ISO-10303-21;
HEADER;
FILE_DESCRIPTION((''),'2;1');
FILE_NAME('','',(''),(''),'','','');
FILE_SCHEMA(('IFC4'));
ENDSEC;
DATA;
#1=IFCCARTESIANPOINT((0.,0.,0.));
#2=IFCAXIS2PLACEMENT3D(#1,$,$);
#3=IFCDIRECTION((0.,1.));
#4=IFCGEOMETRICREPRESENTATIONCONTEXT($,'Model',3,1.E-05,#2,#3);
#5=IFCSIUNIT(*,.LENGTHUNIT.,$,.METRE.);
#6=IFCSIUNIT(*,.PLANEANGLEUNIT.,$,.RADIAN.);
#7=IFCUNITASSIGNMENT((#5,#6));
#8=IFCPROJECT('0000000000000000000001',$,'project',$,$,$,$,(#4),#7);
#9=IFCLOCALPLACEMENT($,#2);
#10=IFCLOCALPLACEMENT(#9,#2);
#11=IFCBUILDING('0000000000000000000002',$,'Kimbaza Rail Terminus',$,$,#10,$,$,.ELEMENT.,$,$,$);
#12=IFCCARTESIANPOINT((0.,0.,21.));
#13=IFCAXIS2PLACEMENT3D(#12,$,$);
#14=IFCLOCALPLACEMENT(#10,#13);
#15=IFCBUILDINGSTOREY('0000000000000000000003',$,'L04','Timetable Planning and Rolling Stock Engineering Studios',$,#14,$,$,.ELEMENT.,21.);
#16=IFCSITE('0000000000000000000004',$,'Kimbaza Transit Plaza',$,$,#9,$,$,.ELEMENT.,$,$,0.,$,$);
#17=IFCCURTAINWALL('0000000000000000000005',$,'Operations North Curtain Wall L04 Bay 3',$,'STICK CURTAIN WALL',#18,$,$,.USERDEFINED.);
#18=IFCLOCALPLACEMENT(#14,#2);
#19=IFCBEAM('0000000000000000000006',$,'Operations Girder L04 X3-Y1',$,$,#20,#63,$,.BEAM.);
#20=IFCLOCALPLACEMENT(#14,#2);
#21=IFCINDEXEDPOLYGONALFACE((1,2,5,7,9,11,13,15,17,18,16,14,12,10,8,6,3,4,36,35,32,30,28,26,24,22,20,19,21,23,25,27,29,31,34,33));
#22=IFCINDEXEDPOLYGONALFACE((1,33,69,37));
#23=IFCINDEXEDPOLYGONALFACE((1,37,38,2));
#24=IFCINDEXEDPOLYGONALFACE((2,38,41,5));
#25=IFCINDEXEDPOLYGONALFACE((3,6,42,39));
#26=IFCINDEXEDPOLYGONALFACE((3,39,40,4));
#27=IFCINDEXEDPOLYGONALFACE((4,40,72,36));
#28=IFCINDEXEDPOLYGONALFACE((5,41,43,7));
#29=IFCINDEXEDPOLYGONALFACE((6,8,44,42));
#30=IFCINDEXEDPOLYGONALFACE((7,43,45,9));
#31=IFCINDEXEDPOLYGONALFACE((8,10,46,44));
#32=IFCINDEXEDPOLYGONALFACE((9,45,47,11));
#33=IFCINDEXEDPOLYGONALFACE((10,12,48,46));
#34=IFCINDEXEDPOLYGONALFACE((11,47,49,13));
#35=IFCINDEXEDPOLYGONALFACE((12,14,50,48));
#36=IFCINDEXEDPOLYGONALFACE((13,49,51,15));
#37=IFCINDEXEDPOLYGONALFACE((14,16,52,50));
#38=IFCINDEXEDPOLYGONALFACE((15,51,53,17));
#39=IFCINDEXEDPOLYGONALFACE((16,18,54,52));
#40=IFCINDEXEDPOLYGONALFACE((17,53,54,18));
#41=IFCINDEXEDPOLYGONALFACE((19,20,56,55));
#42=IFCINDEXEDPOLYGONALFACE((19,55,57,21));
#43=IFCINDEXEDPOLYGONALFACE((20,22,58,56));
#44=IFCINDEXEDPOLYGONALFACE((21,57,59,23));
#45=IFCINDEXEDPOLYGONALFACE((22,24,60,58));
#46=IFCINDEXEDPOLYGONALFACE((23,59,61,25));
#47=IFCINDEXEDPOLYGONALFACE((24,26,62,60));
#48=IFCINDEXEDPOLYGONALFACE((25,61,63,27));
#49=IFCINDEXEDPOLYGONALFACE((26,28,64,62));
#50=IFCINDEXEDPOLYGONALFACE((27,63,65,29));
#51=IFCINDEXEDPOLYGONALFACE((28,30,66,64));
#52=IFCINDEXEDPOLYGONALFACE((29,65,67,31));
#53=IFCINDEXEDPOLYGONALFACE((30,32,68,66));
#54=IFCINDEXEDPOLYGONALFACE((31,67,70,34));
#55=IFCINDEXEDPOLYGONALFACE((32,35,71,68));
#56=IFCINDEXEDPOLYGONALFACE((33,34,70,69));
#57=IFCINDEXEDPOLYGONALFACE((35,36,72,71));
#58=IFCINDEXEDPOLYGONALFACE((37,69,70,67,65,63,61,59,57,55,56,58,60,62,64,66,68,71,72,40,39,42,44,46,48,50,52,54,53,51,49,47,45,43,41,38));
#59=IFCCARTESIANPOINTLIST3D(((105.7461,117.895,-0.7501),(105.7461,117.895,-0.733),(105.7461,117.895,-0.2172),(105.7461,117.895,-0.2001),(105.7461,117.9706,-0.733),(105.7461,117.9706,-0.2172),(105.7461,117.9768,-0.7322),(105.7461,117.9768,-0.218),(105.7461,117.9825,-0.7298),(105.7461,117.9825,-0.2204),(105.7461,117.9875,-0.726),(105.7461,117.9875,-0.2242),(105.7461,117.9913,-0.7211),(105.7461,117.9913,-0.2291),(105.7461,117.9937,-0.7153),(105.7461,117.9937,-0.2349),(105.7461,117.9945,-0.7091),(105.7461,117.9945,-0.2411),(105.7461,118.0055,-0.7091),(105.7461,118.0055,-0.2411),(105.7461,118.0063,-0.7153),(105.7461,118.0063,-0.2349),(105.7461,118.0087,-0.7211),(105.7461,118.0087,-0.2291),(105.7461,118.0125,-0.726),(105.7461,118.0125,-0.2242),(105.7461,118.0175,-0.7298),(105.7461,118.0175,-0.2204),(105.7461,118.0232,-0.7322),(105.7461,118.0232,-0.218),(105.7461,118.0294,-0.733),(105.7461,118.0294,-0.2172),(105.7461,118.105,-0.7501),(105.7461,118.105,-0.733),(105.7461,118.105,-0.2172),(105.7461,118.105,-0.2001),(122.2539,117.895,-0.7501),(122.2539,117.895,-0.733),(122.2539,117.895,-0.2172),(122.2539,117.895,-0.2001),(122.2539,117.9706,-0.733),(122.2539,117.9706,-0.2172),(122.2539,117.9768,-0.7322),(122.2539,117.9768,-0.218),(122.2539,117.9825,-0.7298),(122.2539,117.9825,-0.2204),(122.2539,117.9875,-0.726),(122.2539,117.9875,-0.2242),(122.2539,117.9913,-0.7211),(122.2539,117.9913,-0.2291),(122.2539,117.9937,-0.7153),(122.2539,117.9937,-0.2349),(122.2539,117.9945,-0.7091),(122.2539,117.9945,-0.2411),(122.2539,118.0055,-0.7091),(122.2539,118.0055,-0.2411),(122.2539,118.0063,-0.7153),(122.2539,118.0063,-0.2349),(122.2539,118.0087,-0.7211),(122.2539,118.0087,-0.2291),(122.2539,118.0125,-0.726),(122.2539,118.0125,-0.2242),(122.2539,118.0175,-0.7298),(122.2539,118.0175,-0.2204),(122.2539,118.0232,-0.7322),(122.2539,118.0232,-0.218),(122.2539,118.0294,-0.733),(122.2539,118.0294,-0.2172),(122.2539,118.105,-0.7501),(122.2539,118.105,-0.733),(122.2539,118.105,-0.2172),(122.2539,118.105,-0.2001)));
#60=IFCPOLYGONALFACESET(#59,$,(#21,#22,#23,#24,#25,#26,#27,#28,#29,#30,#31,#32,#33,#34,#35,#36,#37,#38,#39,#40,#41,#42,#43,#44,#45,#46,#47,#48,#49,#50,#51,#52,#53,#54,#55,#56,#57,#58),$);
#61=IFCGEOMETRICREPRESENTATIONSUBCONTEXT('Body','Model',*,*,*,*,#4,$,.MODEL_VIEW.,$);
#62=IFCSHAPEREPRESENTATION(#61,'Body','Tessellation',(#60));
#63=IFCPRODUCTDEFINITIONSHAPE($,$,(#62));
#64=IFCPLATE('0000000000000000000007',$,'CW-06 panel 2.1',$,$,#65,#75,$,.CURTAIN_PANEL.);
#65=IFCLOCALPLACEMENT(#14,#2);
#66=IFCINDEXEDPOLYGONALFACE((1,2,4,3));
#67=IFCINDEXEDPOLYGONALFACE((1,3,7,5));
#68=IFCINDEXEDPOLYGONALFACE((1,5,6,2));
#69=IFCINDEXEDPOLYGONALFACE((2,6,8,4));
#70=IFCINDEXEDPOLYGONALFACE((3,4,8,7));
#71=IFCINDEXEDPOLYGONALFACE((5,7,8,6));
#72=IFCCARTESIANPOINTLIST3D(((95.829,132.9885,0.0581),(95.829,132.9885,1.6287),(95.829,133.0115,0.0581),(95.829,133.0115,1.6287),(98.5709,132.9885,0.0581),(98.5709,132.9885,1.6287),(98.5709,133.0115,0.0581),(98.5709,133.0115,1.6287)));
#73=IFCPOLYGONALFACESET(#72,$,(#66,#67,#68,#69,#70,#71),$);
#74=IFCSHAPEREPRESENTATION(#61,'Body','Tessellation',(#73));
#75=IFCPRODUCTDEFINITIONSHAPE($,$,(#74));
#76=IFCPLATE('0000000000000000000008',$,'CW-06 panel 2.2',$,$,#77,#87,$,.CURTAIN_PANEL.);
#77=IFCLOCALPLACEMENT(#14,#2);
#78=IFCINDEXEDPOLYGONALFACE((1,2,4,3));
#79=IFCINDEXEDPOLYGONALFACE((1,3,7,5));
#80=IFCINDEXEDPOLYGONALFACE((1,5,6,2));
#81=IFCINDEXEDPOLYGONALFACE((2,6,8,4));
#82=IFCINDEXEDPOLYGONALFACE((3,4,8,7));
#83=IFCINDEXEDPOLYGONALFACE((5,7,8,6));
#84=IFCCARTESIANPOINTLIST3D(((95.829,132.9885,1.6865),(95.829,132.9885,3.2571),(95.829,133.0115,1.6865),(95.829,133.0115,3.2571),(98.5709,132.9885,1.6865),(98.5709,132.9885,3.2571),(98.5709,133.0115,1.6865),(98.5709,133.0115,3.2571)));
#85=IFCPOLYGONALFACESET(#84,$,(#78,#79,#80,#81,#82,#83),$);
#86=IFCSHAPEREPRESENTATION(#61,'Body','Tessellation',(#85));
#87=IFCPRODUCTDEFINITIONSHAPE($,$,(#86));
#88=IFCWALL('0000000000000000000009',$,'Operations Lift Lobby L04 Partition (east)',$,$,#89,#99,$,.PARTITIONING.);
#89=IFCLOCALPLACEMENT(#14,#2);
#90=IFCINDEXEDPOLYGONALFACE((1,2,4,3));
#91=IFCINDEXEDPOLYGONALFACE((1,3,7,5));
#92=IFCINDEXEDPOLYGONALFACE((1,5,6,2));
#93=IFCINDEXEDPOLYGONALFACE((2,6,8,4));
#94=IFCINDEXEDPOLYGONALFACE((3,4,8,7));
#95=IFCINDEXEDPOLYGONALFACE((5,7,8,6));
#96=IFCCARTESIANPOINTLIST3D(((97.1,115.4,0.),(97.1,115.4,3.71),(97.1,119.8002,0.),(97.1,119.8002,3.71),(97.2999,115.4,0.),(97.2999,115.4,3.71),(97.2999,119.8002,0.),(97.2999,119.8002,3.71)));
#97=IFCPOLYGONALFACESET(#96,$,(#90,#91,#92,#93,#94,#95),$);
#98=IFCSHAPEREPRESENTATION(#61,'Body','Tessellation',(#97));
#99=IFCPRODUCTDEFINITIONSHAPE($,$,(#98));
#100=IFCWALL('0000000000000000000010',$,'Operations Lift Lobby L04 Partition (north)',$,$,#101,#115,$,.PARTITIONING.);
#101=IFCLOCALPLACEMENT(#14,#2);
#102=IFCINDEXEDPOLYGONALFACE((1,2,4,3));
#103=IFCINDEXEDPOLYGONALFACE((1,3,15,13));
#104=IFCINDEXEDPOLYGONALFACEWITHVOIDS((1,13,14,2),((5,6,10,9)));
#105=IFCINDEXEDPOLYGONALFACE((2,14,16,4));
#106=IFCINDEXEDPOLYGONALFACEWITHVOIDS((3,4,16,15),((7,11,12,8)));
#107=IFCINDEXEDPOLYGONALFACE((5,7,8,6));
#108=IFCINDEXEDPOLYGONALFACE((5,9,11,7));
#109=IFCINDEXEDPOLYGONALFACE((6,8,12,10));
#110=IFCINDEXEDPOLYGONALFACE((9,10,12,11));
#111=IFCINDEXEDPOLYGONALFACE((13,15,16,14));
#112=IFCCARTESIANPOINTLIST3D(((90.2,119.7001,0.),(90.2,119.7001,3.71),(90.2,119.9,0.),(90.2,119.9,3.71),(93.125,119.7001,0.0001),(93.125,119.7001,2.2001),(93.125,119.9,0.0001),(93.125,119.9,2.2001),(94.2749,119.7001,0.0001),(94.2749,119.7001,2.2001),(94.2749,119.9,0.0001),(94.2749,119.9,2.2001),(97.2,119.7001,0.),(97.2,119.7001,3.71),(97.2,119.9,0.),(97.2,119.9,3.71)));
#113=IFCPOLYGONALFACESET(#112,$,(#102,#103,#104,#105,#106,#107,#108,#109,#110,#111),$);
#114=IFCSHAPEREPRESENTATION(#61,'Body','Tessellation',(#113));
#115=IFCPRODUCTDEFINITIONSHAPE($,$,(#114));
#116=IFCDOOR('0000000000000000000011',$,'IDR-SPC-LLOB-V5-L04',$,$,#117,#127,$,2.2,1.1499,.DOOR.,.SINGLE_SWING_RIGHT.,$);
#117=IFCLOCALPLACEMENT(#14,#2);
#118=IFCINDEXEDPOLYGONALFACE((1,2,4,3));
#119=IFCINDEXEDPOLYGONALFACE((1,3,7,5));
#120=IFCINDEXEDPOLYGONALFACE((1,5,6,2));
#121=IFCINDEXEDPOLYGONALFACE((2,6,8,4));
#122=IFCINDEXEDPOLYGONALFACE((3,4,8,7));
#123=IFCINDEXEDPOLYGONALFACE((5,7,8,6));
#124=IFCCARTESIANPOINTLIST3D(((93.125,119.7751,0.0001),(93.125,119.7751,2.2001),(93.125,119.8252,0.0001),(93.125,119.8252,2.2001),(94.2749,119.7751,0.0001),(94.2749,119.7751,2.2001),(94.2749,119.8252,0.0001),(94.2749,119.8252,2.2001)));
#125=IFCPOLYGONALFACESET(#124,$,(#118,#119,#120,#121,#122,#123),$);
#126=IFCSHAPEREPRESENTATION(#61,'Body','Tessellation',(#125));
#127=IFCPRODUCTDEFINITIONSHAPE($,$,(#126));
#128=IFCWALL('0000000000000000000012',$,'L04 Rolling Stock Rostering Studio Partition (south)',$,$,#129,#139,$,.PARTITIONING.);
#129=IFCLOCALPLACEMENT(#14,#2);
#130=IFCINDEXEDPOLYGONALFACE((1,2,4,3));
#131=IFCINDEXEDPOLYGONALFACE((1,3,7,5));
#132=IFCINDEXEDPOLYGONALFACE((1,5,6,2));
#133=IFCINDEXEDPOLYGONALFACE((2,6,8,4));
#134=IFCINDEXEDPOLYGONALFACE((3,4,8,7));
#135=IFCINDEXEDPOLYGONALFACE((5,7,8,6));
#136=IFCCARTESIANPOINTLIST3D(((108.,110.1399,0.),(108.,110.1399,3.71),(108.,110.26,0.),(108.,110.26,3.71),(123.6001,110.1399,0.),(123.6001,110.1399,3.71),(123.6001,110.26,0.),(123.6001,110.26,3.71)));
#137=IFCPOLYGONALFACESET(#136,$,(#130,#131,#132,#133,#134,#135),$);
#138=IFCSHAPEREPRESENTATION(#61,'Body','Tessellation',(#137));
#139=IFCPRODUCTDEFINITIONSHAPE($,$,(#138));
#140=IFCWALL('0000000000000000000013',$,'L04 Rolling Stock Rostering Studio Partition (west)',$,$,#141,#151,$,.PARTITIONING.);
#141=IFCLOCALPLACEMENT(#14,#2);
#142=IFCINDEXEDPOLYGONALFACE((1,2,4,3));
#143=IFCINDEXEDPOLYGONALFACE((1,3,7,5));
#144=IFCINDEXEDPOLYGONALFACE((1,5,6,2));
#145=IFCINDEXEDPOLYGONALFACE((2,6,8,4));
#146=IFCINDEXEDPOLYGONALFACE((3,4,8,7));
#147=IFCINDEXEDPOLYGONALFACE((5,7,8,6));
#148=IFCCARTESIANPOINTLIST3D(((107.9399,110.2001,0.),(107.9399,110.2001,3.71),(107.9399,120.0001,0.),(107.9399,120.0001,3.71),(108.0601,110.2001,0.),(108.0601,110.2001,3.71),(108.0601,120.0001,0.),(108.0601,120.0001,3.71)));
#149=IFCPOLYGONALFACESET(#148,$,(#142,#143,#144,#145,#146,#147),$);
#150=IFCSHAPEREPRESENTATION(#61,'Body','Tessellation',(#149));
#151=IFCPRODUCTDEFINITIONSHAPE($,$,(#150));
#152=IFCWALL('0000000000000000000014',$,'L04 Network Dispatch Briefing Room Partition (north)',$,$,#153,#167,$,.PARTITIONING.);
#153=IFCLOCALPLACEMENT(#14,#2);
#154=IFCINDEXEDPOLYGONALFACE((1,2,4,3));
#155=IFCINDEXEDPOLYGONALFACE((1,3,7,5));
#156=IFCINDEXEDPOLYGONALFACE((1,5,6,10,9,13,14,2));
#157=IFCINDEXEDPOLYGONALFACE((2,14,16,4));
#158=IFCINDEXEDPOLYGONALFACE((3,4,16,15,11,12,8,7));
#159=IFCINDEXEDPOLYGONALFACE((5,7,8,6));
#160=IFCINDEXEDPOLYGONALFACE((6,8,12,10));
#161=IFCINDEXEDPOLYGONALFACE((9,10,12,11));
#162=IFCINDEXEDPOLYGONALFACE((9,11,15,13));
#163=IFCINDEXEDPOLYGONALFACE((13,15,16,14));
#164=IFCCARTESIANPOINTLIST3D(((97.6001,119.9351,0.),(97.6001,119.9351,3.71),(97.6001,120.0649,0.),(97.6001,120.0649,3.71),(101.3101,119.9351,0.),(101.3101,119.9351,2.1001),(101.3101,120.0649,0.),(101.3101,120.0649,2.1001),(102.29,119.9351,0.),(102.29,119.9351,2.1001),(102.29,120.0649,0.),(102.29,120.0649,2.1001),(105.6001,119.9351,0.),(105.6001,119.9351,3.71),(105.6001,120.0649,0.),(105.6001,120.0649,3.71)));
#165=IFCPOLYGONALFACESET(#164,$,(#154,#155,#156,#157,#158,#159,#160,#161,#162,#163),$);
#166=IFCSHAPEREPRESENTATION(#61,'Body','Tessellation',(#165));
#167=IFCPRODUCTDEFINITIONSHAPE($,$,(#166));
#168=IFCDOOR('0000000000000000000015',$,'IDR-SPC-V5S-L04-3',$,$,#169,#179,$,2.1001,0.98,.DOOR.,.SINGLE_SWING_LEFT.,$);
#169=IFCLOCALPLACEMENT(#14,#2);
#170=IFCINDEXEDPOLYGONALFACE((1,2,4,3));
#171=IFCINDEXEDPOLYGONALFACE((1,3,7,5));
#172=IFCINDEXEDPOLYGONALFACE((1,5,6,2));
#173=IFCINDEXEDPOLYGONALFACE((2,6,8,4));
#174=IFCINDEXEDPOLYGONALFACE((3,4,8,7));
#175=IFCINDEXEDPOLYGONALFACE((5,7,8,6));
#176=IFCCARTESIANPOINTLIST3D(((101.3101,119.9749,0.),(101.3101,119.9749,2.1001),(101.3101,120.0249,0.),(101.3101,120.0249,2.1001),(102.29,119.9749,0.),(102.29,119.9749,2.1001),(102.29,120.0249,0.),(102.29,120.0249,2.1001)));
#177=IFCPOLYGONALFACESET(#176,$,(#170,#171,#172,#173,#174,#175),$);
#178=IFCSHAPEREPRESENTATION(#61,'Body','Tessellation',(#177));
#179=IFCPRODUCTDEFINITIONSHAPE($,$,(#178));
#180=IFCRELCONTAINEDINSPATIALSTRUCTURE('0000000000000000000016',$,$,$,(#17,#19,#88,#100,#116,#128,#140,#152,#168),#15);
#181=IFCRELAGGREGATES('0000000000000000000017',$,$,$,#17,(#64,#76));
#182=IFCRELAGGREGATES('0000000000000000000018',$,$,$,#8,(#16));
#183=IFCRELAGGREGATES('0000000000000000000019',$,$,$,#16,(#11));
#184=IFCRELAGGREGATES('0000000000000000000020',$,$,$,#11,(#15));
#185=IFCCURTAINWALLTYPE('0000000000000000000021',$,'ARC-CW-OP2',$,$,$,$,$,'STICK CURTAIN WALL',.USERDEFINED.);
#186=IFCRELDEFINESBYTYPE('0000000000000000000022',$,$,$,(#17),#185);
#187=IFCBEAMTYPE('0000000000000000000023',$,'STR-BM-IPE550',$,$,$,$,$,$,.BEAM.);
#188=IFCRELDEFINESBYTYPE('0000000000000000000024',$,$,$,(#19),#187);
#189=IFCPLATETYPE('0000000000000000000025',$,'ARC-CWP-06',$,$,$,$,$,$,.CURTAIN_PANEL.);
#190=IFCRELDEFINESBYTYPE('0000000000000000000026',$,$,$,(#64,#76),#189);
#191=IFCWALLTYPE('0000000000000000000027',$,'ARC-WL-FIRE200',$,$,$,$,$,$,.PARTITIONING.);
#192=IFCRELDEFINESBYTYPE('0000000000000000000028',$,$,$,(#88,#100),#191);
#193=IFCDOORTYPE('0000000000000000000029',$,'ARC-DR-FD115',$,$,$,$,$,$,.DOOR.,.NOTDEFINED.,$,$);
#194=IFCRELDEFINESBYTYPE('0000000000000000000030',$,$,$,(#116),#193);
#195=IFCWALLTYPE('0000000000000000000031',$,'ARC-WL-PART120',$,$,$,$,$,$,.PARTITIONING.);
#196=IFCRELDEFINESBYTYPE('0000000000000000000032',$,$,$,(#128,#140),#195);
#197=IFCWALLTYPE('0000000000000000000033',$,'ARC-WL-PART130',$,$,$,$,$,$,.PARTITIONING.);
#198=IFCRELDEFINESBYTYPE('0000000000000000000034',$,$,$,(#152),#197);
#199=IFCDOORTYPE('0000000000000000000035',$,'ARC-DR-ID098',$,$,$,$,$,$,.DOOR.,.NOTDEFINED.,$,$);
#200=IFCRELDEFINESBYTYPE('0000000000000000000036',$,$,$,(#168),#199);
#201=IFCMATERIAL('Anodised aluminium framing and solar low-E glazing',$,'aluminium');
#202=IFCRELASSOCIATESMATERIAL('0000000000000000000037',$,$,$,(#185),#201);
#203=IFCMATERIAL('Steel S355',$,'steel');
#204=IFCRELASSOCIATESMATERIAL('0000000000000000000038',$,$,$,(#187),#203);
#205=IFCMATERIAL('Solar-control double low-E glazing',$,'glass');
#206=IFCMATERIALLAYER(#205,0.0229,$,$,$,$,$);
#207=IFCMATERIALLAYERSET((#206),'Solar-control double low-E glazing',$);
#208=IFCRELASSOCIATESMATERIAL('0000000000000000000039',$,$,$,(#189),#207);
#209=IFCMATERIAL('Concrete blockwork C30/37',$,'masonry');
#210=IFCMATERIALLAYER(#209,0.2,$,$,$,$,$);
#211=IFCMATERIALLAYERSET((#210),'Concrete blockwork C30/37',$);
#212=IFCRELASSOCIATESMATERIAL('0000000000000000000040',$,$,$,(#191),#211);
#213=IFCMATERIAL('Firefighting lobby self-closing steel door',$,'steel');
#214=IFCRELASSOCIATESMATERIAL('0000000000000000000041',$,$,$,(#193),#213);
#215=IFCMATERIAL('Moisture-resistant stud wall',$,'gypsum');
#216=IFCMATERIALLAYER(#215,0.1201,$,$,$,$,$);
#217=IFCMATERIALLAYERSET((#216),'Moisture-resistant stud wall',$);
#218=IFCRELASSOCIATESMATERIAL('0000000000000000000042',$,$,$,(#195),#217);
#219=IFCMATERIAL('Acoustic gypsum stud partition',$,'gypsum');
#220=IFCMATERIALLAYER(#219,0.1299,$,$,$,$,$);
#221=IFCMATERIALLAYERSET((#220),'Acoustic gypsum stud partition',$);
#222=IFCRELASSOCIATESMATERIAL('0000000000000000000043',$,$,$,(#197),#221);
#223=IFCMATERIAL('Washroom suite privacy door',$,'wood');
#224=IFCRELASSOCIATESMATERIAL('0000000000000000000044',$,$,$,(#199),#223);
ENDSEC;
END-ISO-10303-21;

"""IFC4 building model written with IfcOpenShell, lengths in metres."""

from ifc_helpers import new_model, si_unit, direction, frame, frame_2d, origin, origin_2d, place, context, subcontext, project, spatial, rectangle, i_section, extrude, material, layer, layer_set, material_profile, profile_set, type_object, element, fill, aggregate, save


model = new_model("IFC4")

# Units and contexts
model_context = context("Model", 3, precision=1e-05, world=origin(), true_north=direction((0.0, 1.0)))
body_context = subcontext(model_context, "Body", "Model", "MODEL_VIEW")
ifc_project = project(units=[si_unit("LENGTHUNIT", "METRE"), si_unit("PLANEANGLEUNIT", "RADIAN")], contexts=[model_context])

# Site, building, storey
site_placement = place(None, origin())
site = spatial("IfcSite", under=ifc_project, at=site_placement, Name="Kimbaza Transit Plaza", CompositionType="ELEMENT", RefElevation=0.0)
building_placement = place(site_placement, origin())
building = spatial("IfcBuilding", under=site, at=building_placement, Name="Kimbaza Rail Terminus", CompositionType="ELEMENT")
storey_placement = place(building_placement, frame((0.0, 0.0, 21.0)))
storey = spatial("IfcBuildingStorey", under=building, at=storey_placement, Name="L04", Description="Timetable Planning and Rolling Stock Engineering Studios", CompositionType="ELEMENT", Elevation=21.0)

# Curtain wall
ifc_material_1 = material(Name="Anodised aluminium framing and solar low-E glazing", Category="aluminium")
curtain_wall_type = type_object("IfcCurtainWallType", Name="ARC-CW-OP2", ElementType="STICK CURTAIN WALL", PredefinedType="USERDEFINED", material=ifc_material_1)
curtain_wall_placement = place(storey_placement, origin())
curtain_wall = element("IfcCurtainWall", 1, at=curtain_wall_placement, inside=storey, type_object=curtain_wall_type, Name="Operations North Curtain Wall L04 Bay 3", ObjectType="STICK CURTAIN WALL", PredefinedType="USERDEFINED")

# Beam
ifc_material_2 = material(Name="Steel S355", Category="steel")
ifc_material_profile_1 = material_profile(ifc_material_2, i_section(OverallWidth=0.21, OverallDepth=0.55, WebThickness=0.011, FlangeThickness=0.0171, FilletRadius=0.0239, at=origin_2d()), Name="IPE 550")
ifc_profile_set_1 = profile_set([ifc_material_profile_1], Name="Steel S355")
beam_type_1 = type_object("IfcBeamType", Name="STR-BM-IPE550", PredefinedType="BEAM", material=ifc_profile_set_1)
beam_1_placement = place(storey_placement, frame((105.7461, 118.0, -0.4751), z_axis=(1.0, 0.0, 0.0), x_axis=(0.0, 1.0, 0.0)))
element("IfcBeam", 2, at=beam_1_placement, inside=storey, type_object=beam_type_1, Name="Operations Girder L04 X3-Y1", PredefinedType="BEAM", context=body_context, shape_type="SweptSolid", body=[
    extrude(i_section(OverallWidth=0.21, OverallDepth=0.55, WebThickness=0.011, FlangeThickness=0.0171, FilletRadius=0.0239, at=origin_2d()), origin(), (0.0, 0.0, 1.0), 16.5078),
])

# Plates
ifc_material_3 = material(Name="Solar-control double low-E glazing", Category="glass")
ifc_layer_1 = layer(ifc_material_3, 0.0229)
ifc_layer_set_1 = layer_set([ifc_layer_1], Name="Solar-control double low-E glazing")
plate_type = type_object("IfcPlateType", Name="ARC-CWP-06", PredefinedType="CURTAIN_PANEL", material=ifc_layer_set_1)
plate_1_placement = place(storey_placement, frame((97.2, 133.0, 0.0581), z_axis=(0.0, 0.0, 1.0), x_axis=(1.0, 0.0, 0.0)))
plate_1 = element("IfcPlate", 3, at=plate_1_placement, type_object=plate_type, Name="CW-06 panel 2.1", PredefinedType="CURTAIN_PANEL", context=body_context, shape_type="SweptSolid", body=[
    extrude(rectangle(XDim=2.7419, YDim=0.0229, at=origin_2d()), origin(), (0.0, 0.0, 1.0), 1.5706),
])
plate_2_placement = place(storey_placement, frame((97.2, 133.0, 1.6865), z_axis=(0.0, 0.0, 1.0), x_axis=(1.0, 0.0, 0.0)))
plate_2 = element("IfcPlate", 4, at=plate_2_placement, type_object=plate_type, Name="CW-06 panel 2.2", PredefinedType="CURTAIN_PANEL", context=body_context, shape_type="SweptSolid", body=[
    extrude(rectangle(XDim=2.7419, YDim=0.0229, at=origin_2d()), origin(), (0.0, 0.0, 1.0), 1.5706),
])
aggregate(curtain_wall, [plate_1, plate_2])

# Wall
ifc_material_4 = material(Name="Concrete blockwork C30/37", Category="masonry")
ifc_layer_2 = layer(ifc_material_4, 0.2)
ifc_layer_set_2 = layer_set([ifc_layer_2], Name="Concrete blockwork C30/37")
wall_type_1 = type_object("IfcWallType", Name="ARC-WL-FIRE200", PredefinedType="PARTITIONING", material=ifc_layer_set_2)
wall_1_placement = place(storey_placement, frame((97.2, 115.3999, 0.0), z_axis=(0.0, 0.0, 1.0), x_axis=(0.0, 1.0, 0.0)))
element("IfcWall", 5, at=wall_1_placement, inside=storey, type_object=wall_type_1, Name="Operations Lift Lobby L04 Partition (east)", PredefinedType="PARTITIONING", context=body_context, shape_type="SweptSolid", body=[
    extrude(rectangle(XDim=4.4001, YDim=0.2, at=frame_2d((2.2002, 0.0))), origin(), (0.0, 0.0, 1.0), 3.71),
])

# Wall, opening, door
wall_2_placement = place(storey_placement, frame((97.2, 119.8, 0.0), z_axis=(0.0, 0.0, 1.0), x_axis=(-1.0, 0.0, 0.0)))
wall_2 = element("IfcWall", 6, at=wall_2_placement, inside=storey, type_object=wall_type_1, Name="Operations Lift Lobby L04 Partition (north)", PredefinedType="PARTITIONING", context=body_context, shape_type="SweptSolid", body=[
    extrude(rectangle(XDim=7.0, YDim=0.2, at=frame_2d((3.5, 0.0))), origin(), (0.0, 0.0, 1.0), 3.71),
])
opening_1_placement = place(wall_2_placement, frame((2.925, 0.0, 0.0)))
opening_1 = element("IfcOpeningElement", 7, at=opening_1_placement, cuts=wall_2, PredefinedType="OPENING", context=body_context, shape_type="SweptSolid", body=[
    extrude(rectangle(XDim=1.1499, YDim=2.2, at=frame_2d((0.575, 1.1001))), frame((0.0, 0.1099, 0.0), z_axis=(0.0, -1.0, 0.0), x_axis=(1.0, 0.0, 0.0)), (0.0, 0.0, 1.0), 0.22),
])
ifc_material_5 = material(Name="Firefighting lobby self-closing steel door", Category="steel")
door_type_1 = type_object("IfcDoorType", Name="ARC-DR-FD115", OperationType="NOTDEFINED", PredefinedType="DOOR", material=ifc_material_5)
door_1_placement = place(opening_1_placement, origin())
door_1 = element("IfcDoor", 8, at=door_1_placement, inside=storey, type_object=door_type_1, Name="IDR-SPC-LLOB-V5-L04", OperationType="SINGLE_SWING_RIGHT", OverallHeight=2.2, OverallWidth=1.1499, PredefinedType="DOOR", context=body_context, shape_type="SweptSolid", body=[
    extrude(rectangle(XDim=1.1499, YDim=2.2, at=frame_2d((0.575, 1.1001))), frame((0.0, 0.0249, 0.0), z_axis=(0.0, -1.0, 0.0), x_axis=(1.0, 0.0, 0.0)), (0.0, 0.0, 1.0), 0.05),
])
fill(opening_1, door_1)

# Walls
ifc_material_6 = material(Name="Moisture-resistant stud wall", Category="gypsum")
ifc_layer_3 = layer(ifc_material_6, 0.1201)
ifc_layer_set_3 = layer_set([ifc_layer_3], Name="Moisture-resistant stud wall")
wall_type_2 = type_object("IfcWallType", Name="ARC-WL-PART120", PredefinedType="PARTITIONING", material=ifc_layer_set_3)
wall_3_placement = place(storey_placement, frame((108.0, 110.2, 0.0), z_axis=(0.0, 0.0, 1.0), x_axis=(1.0, 0.0, 0.0)))
element("IfcWall", 9, at=wall_3_placement, inside=storey, type_object=wall_type_2, Name="L04 Rolling Stock Rostering Studio Partition (south)", PredefinedType="PARTITIONING", context=body_context, shape_type="SweptSolid", body=[
    extrude(rectangle(XDim=15.6001, YDim=0.1201, at=frame_2d((7.8, 0.0))), origin(), (0.0, 0.0, 1.0), 3.71),
])
wall_4_placement = place(storey_placement, frame((108.0, 120.0, 0.0), z_axis=(0.0, 0.0, 1.0), x_axis=(0.0, -1.0, 0.0)))
element("IfcWall", 10, at=wall_4_placement, inside=storey, type_object=wall_type_2, Name="L04 Rolling Stock Rostering Studio Partition (west)", PredefinedType="PARTITIONING", context=body_context, shape_type="SweptSolid", body=[
    extrude(rectangle(XDim=9.8, YDim=0.1201, at=frame_2d((4.8999, 0.0))), origin(), (0.0, 0.0, 1.0), 3.71),
])

# Wall, opening, door
ifc_material_7 = material(Name="Acoustic gypsum stud partition", Category="gypsum")
ifc_layer_4 = layer(ifc_material_7, 0.1299)
ifc_layer_set_4 = layer_set([ifc_layer_4], Name="Acoustic gypsum stud partition")
wall_type_3 = type_object("IfcWallType", Name="ARC-WL-PART130", PredefinedType="PARTITIONING", material=ifc_layer_set_4)
wall_5_placement = place(storey_placement, frame((105.6001, 120.0, 0.0), z_axis=(0.0, 0.0, 1.0), x_axis=(-1.0, 0.0, 0.0)))
wall_5 = element("IfcWall", 11, at=wall_5_placement, inside=storey, type_object=wall_type_3, Name="L04 Network Dispatch Briefing Room Partition (north)", PredefinedType="PARTITIONING", context=body_context, shape_type="SweptSolid", body=[
    extrude(rectangle(XDim=8.0, YDim=0.1299, at=frame_2d((4.0, 0.0))), origin(), (0.0, 0.0, 1.0), 3.71),
])
opening_2_placement = place(wall_5_placement, frame((4.29, 0.0, 0.0), z_axis=(0.0, 0.0, 1.0), x_axis=(-1.0, 0.0, 0.0)))
opening_2 = element("IfcOpeningElement", 12, at=opening_2_placement, cuts=wall_5, PredefinedType="OPENING", context=body_context, shape_type="SweptSolid", body=[
    extrude(rectangle(XDim=0.98, YDim=2.1001, at=frame_2d((0.49, 1.05))), frame((0.0, 0.075, 0.0), z_axis=(0.0, -1.0, 0.0), x_axis=(1.0, 0.0, 0.0)), (0.0, 0.0, 1.0), 0.1499),
])
ifc_material_8 = material(Name="Washroom suite privacy door", Category="wood")
door_type_2 = type_object("IfcDoorType", Name="ARC-DR-ID098", OperationType="NOTDEFINED", PredefinedType="DOOR", material=ifc_material_8)
door_2_placement = place(opening_2_placement, origin())
door_2 = element("IfcDoor", 13, at=door_2_placement, inside=storey, type_object=door_type_2, Name="IDR-SPC-V5S-L04-3", OperationType="SINGLE_SWING_LEFT", OverallHeight=2.1001, OverallWidth=0.98, PredefinedType="DOOR", context=body_context, shape_type="SweptSolid", body=[
    extrude(rectangle(XDim=0.98, YDim=2.1001, at=frame_2d((0.49, 1.05))), frame((0.0, 0.0249, 0.0), z_axis=(0.0, -1.0, 0.0), x_axis=(1.0, 0.0, 0.0)), (0.0, 0.0, 1.0), 0.05),
])
fill(opening_2, door_2)

save(model, "model.ifc")
